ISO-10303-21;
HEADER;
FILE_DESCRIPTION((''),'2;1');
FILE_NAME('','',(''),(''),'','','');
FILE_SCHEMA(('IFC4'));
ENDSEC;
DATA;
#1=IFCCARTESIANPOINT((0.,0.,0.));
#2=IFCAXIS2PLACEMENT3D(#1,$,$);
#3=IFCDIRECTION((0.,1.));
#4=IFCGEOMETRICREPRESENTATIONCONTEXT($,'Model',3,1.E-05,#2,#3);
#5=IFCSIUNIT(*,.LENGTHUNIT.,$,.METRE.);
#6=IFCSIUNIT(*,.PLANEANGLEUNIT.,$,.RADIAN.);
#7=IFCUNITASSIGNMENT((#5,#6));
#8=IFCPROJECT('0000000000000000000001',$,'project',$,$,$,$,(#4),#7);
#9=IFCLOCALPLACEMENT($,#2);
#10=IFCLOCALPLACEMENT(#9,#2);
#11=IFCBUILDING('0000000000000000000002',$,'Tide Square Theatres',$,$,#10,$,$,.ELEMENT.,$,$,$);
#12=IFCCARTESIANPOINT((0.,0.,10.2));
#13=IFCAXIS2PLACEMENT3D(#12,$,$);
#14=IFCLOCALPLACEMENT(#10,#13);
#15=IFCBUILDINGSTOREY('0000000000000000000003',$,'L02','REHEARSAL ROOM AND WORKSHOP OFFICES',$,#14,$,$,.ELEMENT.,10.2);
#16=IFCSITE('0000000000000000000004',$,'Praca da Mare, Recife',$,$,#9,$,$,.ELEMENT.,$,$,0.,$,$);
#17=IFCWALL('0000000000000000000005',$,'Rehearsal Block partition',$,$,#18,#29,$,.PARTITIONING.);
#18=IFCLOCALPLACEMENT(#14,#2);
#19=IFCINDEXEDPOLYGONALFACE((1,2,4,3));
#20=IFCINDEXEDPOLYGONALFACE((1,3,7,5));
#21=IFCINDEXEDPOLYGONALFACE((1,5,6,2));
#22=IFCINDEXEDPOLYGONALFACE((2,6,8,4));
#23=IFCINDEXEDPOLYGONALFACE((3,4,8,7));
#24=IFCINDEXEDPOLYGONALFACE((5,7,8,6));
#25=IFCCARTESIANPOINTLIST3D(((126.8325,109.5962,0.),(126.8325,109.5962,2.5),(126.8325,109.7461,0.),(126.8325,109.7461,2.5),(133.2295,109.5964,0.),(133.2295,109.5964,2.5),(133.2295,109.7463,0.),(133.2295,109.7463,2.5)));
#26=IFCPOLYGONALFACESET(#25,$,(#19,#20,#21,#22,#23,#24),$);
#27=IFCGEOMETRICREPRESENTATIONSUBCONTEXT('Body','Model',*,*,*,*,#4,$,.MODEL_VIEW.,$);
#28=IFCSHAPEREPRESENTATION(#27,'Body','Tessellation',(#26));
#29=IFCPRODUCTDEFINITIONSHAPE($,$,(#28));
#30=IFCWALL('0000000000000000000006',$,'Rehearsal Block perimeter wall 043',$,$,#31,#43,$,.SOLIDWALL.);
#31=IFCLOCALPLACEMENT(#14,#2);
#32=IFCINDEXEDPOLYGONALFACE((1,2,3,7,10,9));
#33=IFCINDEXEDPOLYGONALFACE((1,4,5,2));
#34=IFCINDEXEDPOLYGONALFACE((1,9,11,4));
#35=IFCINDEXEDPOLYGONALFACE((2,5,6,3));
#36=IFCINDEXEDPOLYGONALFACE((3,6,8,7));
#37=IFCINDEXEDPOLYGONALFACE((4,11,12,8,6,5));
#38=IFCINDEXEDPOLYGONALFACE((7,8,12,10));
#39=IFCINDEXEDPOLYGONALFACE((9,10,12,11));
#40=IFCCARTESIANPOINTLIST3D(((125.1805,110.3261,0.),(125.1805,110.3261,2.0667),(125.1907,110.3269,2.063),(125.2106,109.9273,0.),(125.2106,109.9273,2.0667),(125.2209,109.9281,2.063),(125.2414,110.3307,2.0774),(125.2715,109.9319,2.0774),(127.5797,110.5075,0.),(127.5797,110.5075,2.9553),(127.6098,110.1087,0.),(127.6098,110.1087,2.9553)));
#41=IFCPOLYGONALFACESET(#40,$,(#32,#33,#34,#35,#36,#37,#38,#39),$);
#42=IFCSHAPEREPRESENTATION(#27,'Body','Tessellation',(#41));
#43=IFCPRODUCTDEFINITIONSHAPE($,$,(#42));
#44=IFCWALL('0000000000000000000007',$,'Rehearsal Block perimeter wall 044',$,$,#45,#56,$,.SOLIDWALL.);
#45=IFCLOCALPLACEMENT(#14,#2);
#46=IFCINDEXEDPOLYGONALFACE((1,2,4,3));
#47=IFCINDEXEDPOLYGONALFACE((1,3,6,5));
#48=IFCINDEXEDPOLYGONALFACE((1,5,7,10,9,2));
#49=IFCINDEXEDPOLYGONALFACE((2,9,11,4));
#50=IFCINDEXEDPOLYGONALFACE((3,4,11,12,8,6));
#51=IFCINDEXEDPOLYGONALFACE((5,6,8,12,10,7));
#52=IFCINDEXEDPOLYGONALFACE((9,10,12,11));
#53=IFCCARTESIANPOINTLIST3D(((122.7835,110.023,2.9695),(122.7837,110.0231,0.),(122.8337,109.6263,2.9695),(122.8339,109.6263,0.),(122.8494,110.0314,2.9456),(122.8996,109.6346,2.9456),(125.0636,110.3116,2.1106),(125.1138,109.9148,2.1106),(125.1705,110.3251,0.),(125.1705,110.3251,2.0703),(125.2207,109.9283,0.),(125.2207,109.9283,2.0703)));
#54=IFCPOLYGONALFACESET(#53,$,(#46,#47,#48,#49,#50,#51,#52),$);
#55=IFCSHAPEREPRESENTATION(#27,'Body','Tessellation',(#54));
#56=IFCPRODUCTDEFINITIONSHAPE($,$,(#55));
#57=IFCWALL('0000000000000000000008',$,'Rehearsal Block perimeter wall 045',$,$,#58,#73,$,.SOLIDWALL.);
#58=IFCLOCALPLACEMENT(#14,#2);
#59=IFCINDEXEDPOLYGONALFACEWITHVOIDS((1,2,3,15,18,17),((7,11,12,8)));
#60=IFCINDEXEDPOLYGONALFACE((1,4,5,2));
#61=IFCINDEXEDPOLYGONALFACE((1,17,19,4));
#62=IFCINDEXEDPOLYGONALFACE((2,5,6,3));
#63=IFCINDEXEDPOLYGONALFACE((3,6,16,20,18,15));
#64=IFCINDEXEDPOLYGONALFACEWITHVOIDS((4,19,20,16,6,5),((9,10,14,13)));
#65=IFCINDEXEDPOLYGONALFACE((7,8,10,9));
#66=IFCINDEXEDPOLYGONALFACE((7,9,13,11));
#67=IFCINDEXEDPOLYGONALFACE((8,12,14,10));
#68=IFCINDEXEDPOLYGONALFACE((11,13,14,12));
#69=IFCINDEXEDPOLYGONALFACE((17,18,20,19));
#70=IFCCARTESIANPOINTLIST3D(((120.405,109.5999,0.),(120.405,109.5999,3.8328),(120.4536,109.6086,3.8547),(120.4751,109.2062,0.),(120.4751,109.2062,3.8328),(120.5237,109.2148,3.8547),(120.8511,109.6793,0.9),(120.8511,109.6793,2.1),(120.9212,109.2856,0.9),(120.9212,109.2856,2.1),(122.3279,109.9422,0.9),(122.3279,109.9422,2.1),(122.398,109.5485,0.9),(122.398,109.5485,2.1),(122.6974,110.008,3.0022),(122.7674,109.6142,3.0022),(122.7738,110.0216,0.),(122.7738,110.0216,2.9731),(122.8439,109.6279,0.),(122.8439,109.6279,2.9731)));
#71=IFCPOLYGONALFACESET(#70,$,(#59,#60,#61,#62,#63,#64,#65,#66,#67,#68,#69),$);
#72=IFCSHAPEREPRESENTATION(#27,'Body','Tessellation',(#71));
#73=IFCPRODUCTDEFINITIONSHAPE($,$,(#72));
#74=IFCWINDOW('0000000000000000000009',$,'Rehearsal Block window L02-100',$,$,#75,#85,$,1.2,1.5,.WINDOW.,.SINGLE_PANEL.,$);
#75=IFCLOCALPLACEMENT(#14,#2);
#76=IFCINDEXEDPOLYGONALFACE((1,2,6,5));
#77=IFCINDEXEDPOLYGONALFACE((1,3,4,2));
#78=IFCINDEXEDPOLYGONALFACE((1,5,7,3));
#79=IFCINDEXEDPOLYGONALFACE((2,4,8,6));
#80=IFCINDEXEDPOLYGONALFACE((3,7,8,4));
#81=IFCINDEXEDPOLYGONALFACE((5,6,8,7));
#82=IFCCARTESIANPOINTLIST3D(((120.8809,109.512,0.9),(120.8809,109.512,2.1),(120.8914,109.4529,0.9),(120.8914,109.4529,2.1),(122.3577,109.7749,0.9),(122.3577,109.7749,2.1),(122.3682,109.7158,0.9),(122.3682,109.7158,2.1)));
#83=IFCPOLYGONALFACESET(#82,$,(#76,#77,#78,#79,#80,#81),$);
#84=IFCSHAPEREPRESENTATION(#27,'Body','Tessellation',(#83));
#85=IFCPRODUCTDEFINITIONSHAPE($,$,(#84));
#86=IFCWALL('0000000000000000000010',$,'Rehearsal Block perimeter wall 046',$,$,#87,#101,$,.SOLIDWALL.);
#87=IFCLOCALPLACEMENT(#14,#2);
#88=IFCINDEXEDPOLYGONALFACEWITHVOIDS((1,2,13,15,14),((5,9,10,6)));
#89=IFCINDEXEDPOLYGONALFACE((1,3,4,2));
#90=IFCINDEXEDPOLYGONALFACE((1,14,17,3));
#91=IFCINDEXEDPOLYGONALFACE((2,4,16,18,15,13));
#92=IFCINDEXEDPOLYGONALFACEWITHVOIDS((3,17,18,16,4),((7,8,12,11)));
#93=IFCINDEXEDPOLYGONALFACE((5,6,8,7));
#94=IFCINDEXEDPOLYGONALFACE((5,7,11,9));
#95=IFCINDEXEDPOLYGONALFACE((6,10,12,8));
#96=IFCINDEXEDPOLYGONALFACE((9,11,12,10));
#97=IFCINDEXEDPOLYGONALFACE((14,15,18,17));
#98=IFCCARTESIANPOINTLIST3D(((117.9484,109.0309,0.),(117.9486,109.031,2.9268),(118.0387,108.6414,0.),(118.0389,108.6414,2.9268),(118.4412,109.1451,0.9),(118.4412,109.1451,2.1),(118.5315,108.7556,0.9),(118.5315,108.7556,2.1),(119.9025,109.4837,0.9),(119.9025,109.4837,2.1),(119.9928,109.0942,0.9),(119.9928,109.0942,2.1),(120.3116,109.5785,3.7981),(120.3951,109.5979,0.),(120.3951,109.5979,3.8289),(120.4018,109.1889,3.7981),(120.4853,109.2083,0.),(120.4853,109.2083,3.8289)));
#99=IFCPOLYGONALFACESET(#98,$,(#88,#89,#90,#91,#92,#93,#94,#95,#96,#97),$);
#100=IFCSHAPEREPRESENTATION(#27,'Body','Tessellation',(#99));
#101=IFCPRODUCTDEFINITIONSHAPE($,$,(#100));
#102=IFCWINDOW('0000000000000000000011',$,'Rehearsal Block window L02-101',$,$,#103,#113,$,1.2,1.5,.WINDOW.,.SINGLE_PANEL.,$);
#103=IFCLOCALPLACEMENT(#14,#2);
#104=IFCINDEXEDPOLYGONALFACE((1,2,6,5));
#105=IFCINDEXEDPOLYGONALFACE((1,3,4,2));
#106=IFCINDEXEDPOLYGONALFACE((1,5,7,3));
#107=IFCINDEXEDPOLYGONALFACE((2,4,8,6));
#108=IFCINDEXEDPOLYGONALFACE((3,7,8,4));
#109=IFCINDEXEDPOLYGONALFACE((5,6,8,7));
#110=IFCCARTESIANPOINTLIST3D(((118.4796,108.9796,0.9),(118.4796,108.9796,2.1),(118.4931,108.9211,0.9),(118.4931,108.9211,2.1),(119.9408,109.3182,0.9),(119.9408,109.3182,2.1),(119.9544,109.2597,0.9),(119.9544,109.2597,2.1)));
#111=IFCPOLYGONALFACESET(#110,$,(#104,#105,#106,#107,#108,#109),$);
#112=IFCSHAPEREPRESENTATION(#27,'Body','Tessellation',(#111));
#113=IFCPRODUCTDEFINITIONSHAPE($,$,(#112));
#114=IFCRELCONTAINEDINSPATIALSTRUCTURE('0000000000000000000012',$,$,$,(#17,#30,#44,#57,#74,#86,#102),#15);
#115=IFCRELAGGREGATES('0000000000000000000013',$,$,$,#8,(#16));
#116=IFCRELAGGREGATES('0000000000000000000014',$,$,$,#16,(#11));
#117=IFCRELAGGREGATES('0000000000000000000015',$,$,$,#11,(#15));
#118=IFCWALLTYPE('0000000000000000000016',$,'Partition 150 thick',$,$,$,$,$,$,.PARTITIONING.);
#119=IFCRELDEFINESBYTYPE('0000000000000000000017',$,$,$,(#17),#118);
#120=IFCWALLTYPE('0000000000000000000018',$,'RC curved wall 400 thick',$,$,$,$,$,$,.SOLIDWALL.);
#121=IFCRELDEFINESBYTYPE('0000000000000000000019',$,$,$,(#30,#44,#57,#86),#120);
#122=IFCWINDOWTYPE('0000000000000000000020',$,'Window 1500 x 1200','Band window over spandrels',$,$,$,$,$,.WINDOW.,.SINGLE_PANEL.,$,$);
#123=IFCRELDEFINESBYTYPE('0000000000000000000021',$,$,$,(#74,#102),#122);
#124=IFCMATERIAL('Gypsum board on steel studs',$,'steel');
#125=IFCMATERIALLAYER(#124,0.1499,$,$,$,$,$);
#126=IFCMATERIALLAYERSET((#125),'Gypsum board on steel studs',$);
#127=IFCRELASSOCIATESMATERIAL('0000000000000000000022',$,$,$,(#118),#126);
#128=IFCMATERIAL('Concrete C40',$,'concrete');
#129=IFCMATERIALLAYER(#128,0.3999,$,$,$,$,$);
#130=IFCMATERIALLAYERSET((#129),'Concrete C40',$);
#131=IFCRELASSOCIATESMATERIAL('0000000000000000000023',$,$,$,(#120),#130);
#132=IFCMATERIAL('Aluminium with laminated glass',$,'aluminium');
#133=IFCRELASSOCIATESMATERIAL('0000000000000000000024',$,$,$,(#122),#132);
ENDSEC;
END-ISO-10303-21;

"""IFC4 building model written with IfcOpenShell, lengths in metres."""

from ifc_helpers import new_model, si_unit, direction, frame, frame_2d, origin, place, context, subcontext, project, spatial, polyline, rectangle, outline, extrude, material, layer, layer_set, type_object, element, fill, save


model = new_model("IFC4")

# Units and contexts
model_context = context("Model", 3, precision=1e-05, world=origin(), true_north=direction((0.0, 1.0)))
body_context = subcontext(model_context, "Body", "Model", "MODEL_VIEW")
ifc_project = project(units=[si_unit("LENGTHUNIT", "METRE"), si_unit("PLANEANGLEUNIT", "RADIAN")], contexts=[model_context])

# Site, building, storey
site_placement = place(None, origin())
site = spatial("IfcSite", under=ifc_project, at=site_placement, Name="Praca da Mare, Recife", CompositionType="ELEMENT", RefElevation=0.0)
building_placement = place(site_placement, origin())
building = spatial("IfcBuilding", under=site, at=building_placement, Name="Tide Square Theatres", CompositionType="ELEMENT")
storey_placement = place(building_placement, frame((0.0, 0.0, 10.2)))
storey = spatial("IfcBuildingStorey", under=building, at=storey_placement, Name="L02", Description="REHEARSAL ROOM AND WORKSHOP OFFICES", CompositionType="ELEMENT", Elevation=10.2)

# Shared definitions
ifc_material_1 = material(Name="Gypsum board on steel studs", Category="steel")
ifc_layer_1 = layer(ifc_material_1, 0.1499)
ifc_layer_set_1 = layer_set([ifc_layer_1], Name="Gypsum board on steel studs")
wall_type_1 = type_object("IfcWallType", Name="Partition 150 thick", PredefinedType="PARTITIONING", material=ifc_layer_set_1)

# Walls
wall_1_placement = place(storey_placement, frame((126.8325, 109.6711, 0.0), z_axis=(0.0, 0.0, 1.0), x_axis=(1.0, 0.000038, 0.0)))
element("IfcWall", 1, at=wall_1_placement, inside=storey, type_object=wall_type_1, Name="Rehearsal Block partition", PredefinedType="PARTITIONING", context=body_context, shape_type="SweptSolid", body=[
    extrude(rectangle(XDim=6.397, YDim=0.1499, at=frame_2d((3.1985, 0.0))), origin(), (0.0, 0.0, 1.0), 2.5),
])
ifc_material_2 = material(Name="Concrete C40", Category="concrete")
ifc_layer_2 = layer(ifc_material_2, 0.3999)
ifc_layer_set_2 = layer_set([ifc_layer_2], Name="Concrete C40")
wall_type_2 = type_object("IfcWallType", Name="RC curved wall 400 thick", PredefinedType="SOLIDWALL", material=ifc_layer_set_2)
wall_2_placement = place(storey_placement, frame((127.5947, 110.3081, 0.0), z_axis=(0.0, 0.0, 1.0), x_axis=(-0.997154, -0.075393, 0.0)))
element("IfcWall", 2, at=wall_2_placement, inside=storey, type_object=wall_type_2, Name="Rehearsal Block perimeter wall 043", PredefinedType="SOLIDWALL", context=body_context, shape_type="SweptSolid", body=[
    extrude(outline(polyline([(0.0, 0.0), (2.406, 0.0), (2.406, 2.0667), (2.3958, 2.063), (2.345, 2.0774), (0.0, 2.9553), (0.0, 0.0)])), frame((0.0, 0.2, 0.0), z_axis=(0.0, -1.0, 0.0), x_axis=(1.0, 0.0, 0.0)), (0.0, 0.0, 1.0), 0.3999),
])
wall_3_placement = place(storey_placement, frame((125.1956, 110.1267, 0.0), z_axis=(0.0, 0.0, 1.0), x_axis=(-0.992089, -0.125533, 0.0)))
element("IfcWall", 3, at=wall_3_placement, inside=storey, type_object=wall_type_2, Name="Rehearsal Block perimeter wall 044", PredefinedType="SOLIDWALL", context=body_context, shape_type="SweptSolid", body=[
    extrude(outline(polyline([(0.0, 0.0), (2.4058, 0.0), (2.406, 2.9695), (2.3396, 2.9456), (0.1077, 2.1106), (0.0, 2.0703), (0.0, 0.0)])), frame((0.0, 0.2, 0.0), z_axis=(0.0, -1.0, 0.0), x_axis=(1.0, 0.0, 0.0)), (0.0, 0.0, 1.0), 0.3999),
])

# Walls, openings, windows
wall_4_placement = place(storey_placement, frame((122.8088, 109.8247, 0.0), z_axis=(0.0, 0.0, 1.0), x_axis=(-0.984524, -0.17525, 0.0)))
wall_4 = element("IfcWall", 4, at=wall_4_placement, inside=storey, type_object=wall_type_2, Name="Rehearsal Block perimeter wall 045", PredefinedType="SOLIDWALL", context=body_context, shape_type="SweptSolid", body=[
    extrude(outline(polyline([(0.0, 0.0), (2.406, 0.0), (2.406, 3.8328), (2.3567, 3.8547), (2.2854, 3.8281), (0.0776, 3.0022), (0.0, 2.9731), (0.0, 0.0)])), frame((0.0, 0.2, 0.0), z_axis=(0.0, -1.0, 0.0), x_axis=(1.0, 0.0, 0.0)), (0.0, 0.0, 1.0), 0.3999),
])
opening_1_placement = place(wall_4_placement, frame((0.4529, 0.0, 0.8999)))
opening_1 = element("IfcOpeningElement", 5, at=opening_1_placement, cuts=wall_4, PredefinedType="OPENING", context=body_context, shape_type="SweptSolid", body=[
    extrude(rectangle(XDim=1.5, YDim=1.2, at=frame_2d((0.75, 0.6001))), frame((0.0, 0.21, 0.0), z_axis=(0.0, -1.0, 0.0), x_axis=(1.0, 0.0, 0.0)), (0.0, 0.0, 1.0), 0.4199),
])
ifc_material_3 = material(Name="Aluminium with laminated glass", Category="aluminium")
window_type = type_object("IfcWindowType", Name="Window 1500 x 1200", Description="Band window over spandrels", PartitioningType="SINGLE_PANEL", PredefinedType="WINDOW", material=ifc_material_3)
window_1_placement = place(opening_1_placement, origin())
window_1 = element("IfcWindow", 6, at=window_1_placement, inside=storey, type_object=window_type, Name="Rehearsal Block window L02-100", OverallHeight=1.2, OverallWidth=1.5, PartitioningType="SINGLE_PANEL", PredefinedType="WINDOW", context=body_context, shape_type="SweptSolid", body=[
    extrude(rectangle(XDim=1.5, YDim=1.2, at=frame_2d((0.75, 0.6001))), frame((0.0, 0.03, 0.0), z_axis=(0.0, -1.0, 0.0), x_axis=(1.0, 0.0, 0.0)), (0.0, 0.0, 1.0), 0.0601),
])
fill(opening_1, window_1)
wall_5_placement = place(storey_placement, frame((120.4402, 109.4031, 0.0), z_axis=(0.0, 0.0, 1.0), x_axis=(-0.974189, -0.225733, 0.0)))
wall_5 = element("IfcWall", 7, at=wall_5_placement, inside=storey, type_object=wall_type_2, Name="Rehearsal Block perimeter wall 046", PredefinedType="SOLIDWALL", context=body_context, shape_type="SweptSolid", body=[
    extrude(outline(polyline([(0.0, 0.0), (2.5115, 0.0), (2.5112, 2.9268), (0.0857, 3.7981), (0.0, 3.8289), (0.0, 0.0)])), frame((0.0, 0.2, 0.0), z_axis=(0.0, -1.0, 0.0), x_axis=(1.0, 0.0, 0.0)), (0.0, 0.0, 1.0), 0.3999),
])
opening_2_placement = place(wall_5_placement, frame((0.5056, 0.0, 0.8999)))
opening_2 = element("IfcOpeningElement", 8, at=opening_2_placement, cuts=wall_5, PredefinedType="OPENING", context=body_context, shape_type="SweptSolid", body=[
    extrude(rectangle(XDim=1.5, YDim=1.2, at=frame_2d((0.75, 0.6001))), frame((0.0, 0.21, 0.0), z_axis=(0.0, -1.0, 0.0), x_axis=(1.0, 0.0, 0.0)), (0.0, 0.0, 1.0), 0.4199),
])
window_2_placement = place(opening_2_placement, origin())
window_2 = element("IfcWindow", 9, at=window_2_placement, inside=storey, type_object=window_type, Name="Rehearsal Block window L02-101", OverallHeight=1.2, OverallWidth=1.5, PartitioningType="SINGLE_PANEL", PredefinedType="WINDOW", context=body_context, shape_type="SweptSolid", body=[
    extrude(rectangle(XDim=1.5, YDim=1.2, at=frame_2d((0.75, 0.6001))), frame((0.0, 0.03, 0.0), z_axis=(0.0, -1.0, 0.0), x_axis=(1.0, 0.0, 0.0)), (0.0, 0.0, 1.0), 0.0601),
])
fill(opening_2, window_2)

save(model, "model.ifc")
